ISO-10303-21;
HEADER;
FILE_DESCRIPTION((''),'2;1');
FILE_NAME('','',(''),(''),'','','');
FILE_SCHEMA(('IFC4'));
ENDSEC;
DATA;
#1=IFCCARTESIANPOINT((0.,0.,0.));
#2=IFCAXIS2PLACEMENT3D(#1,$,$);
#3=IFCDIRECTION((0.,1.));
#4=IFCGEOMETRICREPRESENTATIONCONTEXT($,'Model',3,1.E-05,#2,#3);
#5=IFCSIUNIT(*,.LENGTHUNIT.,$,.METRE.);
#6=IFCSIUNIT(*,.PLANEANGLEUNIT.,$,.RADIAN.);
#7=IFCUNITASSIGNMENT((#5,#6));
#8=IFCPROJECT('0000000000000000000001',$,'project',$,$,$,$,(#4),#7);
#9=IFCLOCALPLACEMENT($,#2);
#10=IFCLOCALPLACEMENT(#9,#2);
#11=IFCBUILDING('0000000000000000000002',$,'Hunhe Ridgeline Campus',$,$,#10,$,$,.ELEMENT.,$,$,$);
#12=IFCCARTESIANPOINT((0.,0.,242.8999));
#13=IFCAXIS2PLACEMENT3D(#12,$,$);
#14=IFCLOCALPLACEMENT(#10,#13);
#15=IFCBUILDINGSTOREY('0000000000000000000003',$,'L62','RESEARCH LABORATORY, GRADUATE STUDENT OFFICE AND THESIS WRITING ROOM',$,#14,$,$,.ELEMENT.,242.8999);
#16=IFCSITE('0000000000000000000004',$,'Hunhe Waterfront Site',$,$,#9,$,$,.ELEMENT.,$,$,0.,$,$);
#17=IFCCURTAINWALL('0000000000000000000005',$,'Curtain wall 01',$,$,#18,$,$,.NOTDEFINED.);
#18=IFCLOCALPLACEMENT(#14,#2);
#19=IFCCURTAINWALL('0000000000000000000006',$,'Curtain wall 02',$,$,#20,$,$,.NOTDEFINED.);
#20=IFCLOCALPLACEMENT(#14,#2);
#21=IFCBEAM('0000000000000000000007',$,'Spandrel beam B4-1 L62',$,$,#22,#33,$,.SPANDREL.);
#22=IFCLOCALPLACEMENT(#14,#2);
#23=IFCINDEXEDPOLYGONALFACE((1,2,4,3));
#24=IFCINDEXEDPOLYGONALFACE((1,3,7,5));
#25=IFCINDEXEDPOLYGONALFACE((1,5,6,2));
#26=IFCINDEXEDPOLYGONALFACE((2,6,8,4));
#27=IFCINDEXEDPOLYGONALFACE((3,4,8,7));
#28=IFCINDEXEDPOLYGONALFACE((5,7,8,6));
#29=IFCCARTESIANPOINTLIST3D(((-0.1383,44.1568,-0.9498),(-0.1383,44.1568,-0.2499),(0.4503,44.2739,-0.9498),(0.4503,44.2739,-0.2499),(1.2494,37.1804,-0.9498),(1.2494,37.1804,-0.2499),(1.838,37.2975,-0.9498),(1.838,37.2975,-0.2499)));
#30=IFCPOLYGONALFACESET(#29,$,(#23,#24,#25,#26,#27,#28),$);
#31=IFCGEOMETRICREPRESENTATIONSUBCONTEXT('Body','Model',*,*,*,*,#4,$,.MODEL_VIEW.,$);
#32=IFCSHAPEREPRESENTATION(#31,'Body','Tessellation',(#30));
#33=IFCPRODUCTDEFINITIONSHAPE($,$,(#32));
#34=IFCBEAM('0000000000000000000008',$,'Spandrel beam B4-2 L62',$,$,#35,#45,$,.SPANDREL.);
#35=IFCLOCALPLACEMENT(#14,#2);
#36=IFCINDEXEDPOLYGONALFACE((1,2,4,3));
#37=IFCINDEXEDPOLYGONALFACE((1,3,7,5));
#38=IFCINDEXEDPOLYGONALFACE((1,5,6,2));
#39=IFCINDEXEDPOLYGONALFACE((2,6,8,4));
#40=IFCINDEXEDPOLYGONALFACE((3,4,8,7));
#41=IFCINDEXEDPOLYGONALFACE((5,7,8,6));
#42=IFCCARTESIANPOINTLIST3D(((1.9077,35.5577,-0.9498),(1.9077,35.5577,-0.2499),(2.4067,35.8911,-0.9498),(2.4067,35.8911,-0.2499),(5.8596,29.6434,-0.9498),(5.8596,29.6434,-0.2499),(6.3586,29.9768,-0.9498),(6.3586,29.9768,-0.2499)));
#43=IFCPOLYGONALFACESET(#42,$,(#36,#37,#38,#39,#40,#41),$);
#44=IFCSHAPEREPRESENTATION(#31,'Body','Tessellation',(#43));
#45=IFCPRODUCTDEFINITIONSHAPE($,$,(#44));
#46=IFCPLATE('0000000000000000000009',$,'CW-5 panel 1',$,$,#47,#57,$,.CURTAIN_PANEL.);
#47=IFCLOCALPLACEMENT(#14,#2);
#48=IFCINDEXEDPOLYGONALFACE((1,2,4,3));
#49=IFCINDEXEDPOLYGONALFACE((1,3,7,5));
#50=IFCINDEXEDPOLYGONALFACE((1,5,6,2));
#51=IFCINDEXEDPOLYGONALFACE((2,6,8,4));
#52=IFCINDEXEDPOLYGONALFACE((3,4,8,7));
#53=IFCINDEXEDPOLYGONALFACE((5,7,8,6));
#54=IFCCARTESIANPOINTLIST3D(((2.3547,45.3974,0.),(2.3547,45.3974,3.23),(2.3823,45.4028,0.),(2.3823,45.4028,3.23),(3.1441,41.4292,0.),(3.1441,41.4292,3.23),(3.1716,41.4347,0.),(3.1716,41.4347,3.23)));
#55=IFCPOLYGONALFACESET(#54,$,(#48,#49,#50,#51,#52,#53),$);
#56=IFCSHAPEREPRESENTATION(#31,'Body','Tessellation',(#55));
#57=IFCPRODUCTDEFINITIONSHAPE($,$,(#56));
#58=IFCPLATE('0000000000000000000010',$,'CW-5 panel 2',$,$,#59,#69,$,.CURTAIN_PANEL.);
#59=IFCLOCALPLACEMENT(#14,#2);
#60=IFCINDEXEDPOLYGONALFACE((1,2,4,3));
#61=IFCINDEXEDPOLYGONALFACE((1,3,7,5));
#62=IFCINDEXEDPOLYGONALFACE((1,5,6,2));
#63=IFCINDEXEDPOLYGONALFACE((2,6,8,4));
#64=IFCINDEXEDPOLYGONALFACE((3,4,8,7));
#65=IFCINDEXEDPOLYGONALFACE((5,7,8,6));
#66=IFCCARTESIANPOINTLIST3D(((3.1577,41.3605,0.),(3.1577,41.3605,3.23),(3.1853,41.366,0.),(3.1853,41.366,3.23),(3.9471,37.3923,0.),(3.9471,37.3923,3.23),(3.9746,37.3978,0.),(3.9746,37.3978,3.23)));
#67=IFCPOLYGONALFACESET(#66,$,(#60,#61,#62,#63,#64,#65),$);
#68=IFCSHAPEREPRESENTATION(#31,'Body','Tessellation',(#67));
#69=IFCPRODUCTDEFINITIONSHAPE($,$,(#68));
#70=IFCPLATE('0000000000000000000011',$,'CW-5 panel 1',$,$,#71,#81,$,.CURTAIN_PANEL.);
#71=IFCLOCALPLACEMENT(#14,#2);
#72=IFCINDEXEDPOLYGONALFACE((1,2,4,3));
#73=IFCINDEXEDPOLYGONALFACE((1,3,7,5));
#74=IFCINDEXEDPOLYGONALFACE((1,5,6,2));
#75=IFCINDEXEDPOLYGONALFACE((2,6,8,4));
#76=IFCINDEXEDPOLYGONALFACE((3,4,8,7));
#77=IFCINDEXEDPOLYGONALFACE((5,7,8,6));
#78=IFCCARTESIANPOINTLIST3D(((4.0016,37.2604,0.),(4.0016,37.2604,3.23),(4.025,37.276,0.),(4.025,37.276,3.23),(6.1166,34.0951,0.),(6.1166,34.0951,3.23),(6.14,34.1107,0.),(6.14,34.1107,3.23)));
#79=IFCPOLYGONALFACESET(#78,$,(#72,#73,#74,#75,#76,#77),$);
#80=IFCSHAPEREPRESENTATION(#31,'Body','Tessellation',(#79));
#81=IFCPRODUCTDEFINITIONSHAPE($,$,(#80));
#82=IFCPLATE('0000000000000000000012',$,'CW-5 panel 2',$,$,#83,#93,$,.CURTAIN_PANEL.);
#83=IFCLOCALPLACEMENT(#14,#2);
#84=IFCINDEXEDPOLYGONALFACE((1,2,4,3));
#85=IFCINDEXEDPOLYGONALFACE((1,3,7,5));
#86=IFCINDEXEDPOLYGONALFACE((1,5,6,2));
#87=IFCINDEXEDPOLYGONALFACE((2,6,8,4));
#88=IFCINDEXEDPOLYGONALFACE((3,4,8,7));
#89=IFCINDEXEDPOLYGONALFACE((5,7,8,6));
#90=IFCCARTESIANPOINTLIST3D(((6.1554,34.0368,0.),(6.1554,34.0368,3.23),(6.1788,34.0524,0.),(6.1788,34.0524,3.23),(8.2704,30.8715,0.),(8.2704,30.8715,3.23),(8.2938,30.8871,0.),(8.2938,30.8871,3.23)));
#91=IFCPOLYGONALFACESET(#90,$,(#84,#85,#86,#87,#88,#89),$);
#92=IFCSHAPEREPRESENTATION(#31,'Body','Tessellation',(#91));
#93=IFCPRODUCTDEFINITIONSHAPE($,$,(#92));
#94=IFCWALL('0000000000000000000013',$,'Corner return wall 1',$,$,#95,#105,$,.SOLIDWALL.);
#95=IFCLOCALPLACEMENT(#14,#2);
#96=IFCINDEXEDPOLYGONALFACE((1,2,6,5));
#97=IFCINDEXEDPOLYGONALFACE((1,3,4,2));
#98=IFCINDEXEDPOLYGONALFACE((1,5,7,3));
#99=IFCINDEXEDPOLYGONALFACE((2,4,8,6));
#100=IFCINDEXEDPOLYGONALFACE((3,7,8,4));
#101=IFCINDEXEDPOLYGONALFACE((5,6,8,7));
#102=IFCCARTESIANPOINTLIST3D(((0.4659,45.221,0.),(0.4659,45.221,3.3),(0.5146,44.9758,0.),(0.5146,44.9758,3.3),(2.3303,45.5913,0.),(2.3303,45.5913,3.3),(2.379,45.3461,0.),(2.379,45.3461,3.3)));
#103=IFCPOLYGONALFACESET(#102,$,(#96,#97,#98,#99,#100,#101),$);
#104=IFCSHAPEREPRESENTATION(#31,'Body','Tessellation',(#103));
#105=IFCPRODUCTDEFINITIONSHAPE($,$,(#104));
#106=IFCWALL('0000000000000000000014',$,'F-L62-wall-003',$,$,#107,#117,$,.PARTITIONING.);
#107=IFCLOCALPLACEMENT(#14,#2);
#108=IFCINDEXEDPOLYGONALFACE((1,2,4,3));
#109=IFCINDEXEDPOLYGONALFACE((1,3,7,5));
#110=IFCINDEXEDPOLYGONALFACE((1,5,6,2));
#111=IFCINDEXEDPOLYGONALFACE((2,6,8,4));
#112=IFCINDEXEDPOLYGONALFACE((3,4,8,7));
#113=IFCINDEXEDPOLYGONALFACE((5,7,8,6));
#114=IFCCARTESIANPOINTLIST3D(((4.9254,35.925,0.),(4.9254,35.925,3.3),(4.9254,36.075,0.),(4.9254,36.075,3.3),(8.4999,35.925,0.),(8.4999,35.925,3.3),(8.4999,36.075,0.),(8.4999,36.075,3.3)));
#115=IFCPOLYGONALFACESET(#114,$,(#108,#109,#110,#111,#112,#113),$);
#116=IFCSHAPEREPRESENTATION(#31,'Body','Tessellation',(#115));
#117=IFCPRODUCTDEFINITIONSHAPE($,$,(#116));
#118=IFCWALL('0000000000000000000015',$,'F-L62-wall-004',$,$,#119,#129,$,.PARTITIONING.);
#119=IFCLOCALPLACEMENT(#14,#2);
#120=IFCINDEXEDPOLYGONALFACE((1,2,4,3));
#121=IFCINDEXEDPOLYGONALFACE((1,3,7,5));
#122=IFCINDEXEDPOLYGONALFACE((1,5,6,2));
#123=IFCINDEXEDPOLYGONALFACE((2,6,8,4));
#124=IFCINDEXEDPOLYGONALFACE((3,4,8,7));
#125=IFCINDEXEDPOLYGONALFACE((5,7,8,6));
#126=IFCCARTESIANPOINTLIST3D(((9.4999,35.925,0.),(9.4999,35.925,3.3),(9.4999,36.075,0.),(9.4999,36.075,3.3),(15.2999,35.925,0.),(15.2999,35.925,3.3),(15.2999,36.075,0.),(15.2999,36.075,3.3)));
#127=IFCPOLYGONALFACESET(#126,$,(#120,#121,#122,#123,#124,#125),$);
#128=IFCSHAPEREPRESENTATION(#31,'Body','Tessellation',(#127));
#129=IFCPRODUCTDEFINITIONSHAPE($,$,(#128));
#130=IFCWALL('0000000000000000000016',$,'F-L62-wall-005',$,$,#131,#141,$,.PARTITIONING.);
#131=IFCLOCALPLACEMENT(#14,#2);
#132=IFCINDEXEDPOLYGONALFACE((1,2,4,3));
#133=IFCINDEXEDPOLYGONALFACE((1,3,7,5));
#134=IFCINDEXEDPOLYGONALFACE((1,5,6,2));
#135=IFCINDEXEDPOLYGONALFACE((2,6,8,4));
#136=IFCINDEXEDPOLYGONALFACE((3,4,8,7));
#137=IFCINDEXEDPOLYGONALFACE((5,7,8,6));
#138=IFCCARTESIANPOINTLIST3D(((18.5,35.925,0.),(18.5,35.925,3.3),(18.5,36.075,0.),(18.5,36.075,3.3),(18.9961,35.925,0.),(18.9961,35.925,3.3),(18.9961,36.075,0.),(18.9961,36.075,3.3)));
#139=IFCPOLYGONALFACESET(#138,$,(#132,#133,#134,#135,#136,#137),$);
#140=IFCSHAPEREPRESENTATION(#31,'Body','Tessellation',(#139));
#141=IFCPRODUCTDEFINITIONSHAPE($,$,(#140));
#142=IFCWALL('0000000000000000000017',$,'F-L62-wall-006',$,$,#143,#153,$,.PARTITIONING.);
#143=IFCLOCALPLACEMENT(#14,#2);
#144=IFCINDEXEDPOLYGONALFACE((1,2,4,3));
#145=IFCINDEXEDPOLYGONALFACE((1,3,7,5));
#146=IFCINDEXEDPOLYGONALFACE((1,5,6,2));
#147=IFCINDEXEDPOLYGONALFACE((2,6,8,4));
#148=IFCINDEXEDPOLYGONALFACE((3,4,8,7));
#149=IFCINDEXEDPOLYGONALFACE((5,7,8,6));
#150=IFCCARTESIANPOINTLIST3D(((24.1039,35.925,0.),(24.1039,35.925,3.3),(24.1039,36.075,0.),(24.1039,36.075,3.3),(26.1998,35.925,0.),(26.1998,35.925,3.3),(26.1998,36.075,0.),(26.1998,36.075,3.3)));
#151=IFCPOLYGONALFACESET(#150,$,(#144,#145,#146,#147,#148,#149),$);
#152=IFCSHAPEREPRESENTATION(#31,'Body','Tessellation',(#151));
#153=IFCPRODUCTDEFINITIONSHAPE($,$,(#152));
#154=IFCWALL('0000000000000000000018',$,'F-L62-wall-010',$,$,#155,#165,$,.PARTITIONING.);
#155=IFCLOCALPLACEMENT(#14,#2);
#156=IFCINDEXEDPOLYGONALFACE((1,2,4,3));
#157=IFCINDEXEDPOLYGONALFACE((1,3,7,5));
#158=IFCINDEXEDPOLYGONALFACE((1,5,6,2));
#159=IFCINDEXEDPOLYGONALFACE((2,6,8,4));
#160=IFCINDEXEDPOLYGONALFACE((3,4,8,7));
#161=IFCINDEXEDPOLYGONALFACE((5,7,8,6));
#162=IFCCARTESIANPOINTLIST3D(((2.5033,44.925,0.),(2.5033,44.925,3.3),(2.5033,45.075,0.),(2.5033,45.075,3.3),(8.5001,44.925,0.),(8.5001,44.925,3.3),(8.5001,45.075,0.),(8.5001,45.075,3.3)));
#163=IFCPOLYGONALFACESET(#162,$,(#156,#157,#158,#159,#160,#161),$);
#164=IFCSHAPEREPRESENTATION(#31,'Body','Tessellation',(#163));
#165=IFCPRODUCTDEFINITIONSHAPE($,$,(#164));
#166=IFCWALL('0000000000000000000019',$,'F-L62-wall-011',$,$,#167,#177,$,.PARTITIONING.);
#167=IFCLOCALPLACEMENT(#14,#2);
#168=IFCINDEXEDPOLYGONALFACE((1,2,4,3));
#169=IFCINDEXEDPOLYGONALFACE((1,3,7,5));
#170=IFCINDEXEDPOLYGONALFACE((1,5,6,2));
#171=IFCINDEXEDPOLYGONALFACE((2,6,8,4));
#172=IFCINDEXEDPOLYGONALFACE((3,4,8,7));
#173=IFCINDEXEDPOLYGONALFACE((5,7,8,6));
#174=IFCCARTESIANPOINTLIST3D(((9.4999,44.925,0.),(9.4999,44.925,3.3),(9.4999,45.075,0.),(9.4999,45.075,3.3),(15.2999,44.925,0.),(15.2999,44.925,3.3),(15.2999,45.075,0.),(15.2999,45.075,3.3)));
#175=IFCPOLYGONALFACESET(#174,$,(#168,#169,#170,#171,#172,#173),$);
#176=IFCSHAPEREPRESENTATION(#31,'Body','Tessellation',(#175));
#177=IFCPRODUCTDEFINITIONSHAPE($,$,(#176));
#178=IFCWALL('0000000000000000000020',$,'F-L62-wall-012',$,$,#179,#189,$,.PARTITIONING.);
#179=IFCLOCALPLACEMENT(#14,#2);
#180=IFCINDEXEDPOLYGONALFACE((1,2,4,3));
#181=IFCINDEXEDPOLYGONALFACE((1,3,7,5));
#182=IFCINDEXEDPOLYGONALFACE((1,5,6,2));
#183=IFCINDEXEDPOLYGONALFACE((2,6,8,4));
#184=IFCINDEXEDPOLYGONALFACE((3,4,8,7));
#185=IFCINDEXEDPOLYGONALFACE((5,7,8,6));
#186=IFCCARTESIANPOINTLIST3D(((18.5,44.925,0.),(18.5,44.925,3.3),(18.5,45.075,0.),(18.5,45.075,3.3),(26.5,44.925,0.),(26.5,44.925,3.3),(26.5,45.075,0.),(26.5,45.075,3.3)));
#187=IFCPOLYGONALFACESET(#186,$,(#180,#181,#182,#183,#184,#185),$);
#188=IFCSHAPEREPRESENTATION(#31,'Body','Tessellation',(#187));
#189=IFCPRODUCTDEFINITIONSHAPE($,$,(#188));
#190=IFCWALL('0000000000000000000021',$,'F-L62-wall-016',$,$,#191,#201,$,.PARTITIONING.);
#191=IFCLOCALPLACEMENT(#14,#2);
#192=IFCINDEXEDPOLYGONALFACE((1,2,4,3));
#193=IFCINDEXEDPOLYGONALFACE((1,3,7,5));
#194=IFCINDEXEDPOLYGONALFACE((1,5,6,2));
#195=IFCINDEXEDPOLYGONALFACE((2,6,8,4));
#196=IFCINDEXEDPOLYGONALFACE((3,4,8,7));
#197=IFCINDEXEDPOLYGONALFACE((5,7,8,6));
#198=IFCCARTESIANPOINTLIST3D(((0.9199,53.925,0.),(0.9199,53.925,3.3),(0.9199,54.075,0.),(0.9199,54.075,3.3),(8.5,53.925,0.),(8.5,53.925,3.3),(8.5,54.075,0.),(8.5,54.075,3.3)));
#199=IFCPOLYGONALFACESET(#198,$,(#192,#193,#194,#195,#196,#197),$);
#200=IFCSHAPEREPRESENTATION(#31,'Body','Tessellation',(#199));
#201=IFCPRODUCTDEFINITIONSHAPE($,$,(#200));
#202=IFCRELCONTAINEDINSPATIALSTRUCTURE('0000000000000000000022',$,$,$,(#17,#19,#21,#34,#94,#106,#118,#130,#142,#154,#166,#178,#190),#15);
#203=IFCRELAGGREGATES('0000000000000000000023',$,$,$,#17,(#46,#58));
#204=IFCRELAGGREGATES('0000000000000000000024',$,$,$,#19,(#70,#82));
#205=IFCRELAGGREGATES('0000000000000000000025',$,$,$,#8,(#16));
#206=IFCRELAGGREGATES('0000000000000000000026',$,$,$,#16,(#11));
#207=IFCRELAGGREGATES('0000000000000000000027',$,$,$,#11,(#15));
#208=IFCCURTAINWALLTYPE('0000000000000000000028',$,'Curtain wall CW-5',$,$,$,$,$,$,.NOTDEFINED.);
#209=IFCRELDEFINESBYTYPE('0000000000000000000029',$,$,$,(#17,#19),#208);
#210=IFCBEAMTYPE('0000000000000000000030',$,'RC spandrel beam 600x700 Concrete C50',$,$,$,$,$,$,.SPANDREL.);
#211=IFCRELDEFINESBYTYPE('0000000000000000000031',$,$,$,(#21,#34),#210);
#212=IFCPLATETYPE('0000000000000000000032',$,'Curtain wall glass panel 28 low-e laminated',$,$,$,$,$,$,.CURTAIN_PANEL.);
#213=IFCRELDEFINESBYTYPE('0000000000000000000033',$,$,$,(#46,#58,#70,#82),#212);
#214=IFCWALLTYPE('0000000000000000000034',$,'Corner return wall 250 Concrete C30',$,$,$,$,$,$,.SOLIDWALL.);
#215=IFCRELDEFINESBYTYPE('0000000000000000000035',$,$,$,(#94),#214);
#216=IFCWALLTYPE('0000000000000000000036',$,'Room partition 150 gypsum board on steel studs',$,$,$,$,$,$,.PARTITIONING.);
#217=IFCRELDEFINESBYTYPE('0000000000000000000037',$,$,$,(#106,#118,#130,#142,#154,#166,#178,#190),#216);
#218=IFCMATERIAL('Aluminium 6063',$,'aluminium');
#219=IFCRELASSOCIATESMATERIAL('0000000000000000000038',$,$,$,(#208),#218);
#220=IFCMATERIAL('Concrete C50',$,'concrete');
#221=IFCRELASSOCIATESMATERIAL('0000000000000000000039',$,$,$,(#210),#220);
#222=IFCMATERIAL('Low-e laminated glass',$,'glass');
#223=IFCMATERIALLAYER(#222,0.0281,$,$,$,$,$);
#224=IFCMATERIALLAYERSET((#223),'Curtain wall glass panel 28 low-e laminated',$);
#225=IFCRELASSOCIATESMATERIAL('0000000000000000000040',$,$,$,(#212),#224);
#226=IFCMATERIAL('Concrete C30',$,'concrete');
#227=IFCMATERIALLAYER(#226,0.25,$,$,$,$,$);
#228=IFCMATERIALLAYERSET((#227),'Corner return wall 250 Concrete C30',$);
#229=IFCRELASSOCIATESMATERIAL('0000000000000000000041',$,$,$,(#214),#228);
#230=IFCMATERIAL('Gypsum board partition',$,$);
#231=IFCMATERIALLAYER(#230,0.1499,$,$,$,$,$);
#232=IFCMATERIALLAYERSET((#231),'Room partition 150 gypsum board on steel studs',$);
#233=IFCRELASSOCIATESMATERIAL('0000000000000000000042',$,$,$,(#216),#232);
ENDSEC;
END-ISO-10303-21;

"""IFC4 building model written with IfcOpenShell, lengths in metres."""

from ifc_helpers import new_model, si_unit, direction, frame, frame_2d, origin, origin_2d, place, context, subcontext, project, spatial, rectangle, extrude, material, layer, layer_set, material_profile, profile_set, type_object, element, aggregate, save


model = new_model("IFC4")

# Units and contexts
model_context = context("Model", 3, precision=1e-05, world=origin(), true_north=direction((0.0, 1.0)))
body_context = subcontext(model_context, "Body", "Model", "MODEL_VIEW")
ifc_project = project(units=[si_unit("LENGTHUNIT", "METRE"), si_unit("PLANEANGLEUNIT", "RADIAN")], contexts=[model_context])

# Site, building, storey
site_placement = place(None, origin())
site = spatial("IfcSite", under=ifc_project, at=site_placement, Name="Hunhe Waterfront Site", CompositionType="ELEMENT", RefElevation=0.0)
building_placement = place(site_placement, origin())
building = spatial("IfcBuilding", under=site, at=building_placement, Name="Hunhe Ridgeline Campus", CompositionType="ELEMENT")
storey_placement = place(building_placement, frame((0.0, 0.0, 242.8999)))
storey = spatial("IfcBuildingStorey", under=building, at=storey_placement, Name="L62", Description="RESEARCH LABORATORY, GRADUATE STUDENT OFFICE AND THESIS WRITING ROOM", CompositionType="ELEMENT", Elevation=242.8999)

# Curtain walls
ifc_material_1 = material(Name="Aluminium 6063", Category="aluminium")
curtain_wall_type = type_object("IfcCurtainWallType", Name="Curtain wall CW-5", PredefinedType="NOTDEFINED", material=ifc_material_1)
curtain_wall_1_placement = place(storey_placement, origin())
curtain_wall_1 = element("IfcCurtainWall", 1, at=curtain_wall_1_placement, inside=storey, type_object=curtain_wall_type, Name="Curtain wall 01", PredefinedType="NOTDEFINED")
curtain_wall_2_placement = place(storey_placement, origin())
curtain_wall_2 = element("IfcCurtainWall", 2, at=curtain_wall_2_placement, inside=storey, type_object=curtain_wall_type, Name="Curtain wall 02", PredefinedType="NOTDEFINED")

# Beams
ifc_material_2 = material(Name="Concrete C50", Category="concrete")
ifc_material_profile_1 = material_profile(ifc_material_2, rectangle(XDim=0.6001, YDim=0.7, at=origin_2d()))
ifc_profile_set_1 = profile_set([ifc_material_profile_1], Name="Concrete C50")
beam_type = type_object("IfcBeamType", Name="RC spandrel beam 600x700 Concrete C50", PredefinedType="SPANDREL", material=ifc_profile_set_1)
for number, where, z_axis, x_axis, name in (
    (3, (0.156, 44.2153, -0.5999), (0.195093, -0.980785, 0.0), (0.980785, 0.195093, 0.0), "Spandrel beam B4-1 L62"),
    (4, (2.1572, 35.7244, -0.5999), (0.555579, -0.831464, 0.0), (0.831464, 0.555579, 0.0), "Spandrel beam B4-2 L62"),
):
    element("IfcBeam", number, at=place(storey_placement, frame(where, z_axis=z_axis, x_axis=x_axis)), inside=storey, type_object=beam_type, Name=name, PredefinedType="SPANDREL", context=body_context, shape_type="SweptSolid", body=[
        extrude(rectangle(XDim=0.6001, YDim=0.7, at=origin_2d()), origin(), (0.0, 0.0, 1.0), 7.113),
    ])

# Plates
ifc_material_3 = material(Name="Low-e laminated glass", Category="glass")
ifc_layer_1 = layer(ifc_material_3, 0.0281)
ifc_layer_set_1 = layer_set([ifc_layer_1], Name="Curtain wall glass panel 28 low-e laminated")
plate_type = type_object("IfcPlateType", Name="Curtain wall glass panel 28 low-e laminated", PredefinedType="CURTAIN_PANEL", material=ifc_layer_set_1)
plate_1_placement = place(storey_placement, frame((2.7632, 43.416, 0.0), z_axis=(0.0, 0.0, 1.0), x_axis=(0.195095, -0.980784, 0.0)))
plate_1 = element("IfcPlate", 5, at=plate_1_placement, type_object=plate_type, Name="CW-5 panel 1", PredefinedType="CURTAIN_PANEL", context=body_context, shape_type="SweptSolid", body=[
    extrude(rectangle(XDim=4.0459, YDim=0.0281, at=origin_2d()), origin(), (0.0, 0.0, 1.0), 3.23),
])
plate_2_placement = place(storey_placement, frame((3.5662, 39.3792, 0.0), z_axis=(0.0, 0.0, 1.0), x_axis=(0.195095, -0.980784, 0.0)))
plate_2 = element("IfcPlate", 6, at=plate_2_placement, type_object=plate_type, Name="CW-5 panel 2", PredefinedType="CURTAIN_PANEL", context=body_context, shape_type="SweptSolid", body=[
    extrude(rectangle(XDim=4.0459, YDim=0.0281, at=origin_2d()), origin(), (0.0, 0.0, 1.0), 3.23),
])
aggregate(curtain_wall_1, [plate_1, plate_2])
plate_3_placement = place(storey_placement, frame((5.0708, 35.6855, 0.0), z_axis=(0.0, 0.0, 1.0), x_axis=(0.55557, -0.83147, 0.0)))
plate_3 = element("IfcPlate", 7, at=plate_3_placement, type_object=plate_type, Name="CW-5 panel 1", PredefinedType="CURTAIN_PANEL", context=body_context, shape_type="SweptSolid", body=[
    extrude(rectangle(XDim=3.8069, YDim=0.0281, at=origin_2d()), origin(), (0.0, 0.0, 1.0), 3.23),
])
plate_4_placement = place(storey_placement, frame((7.2246, 32.4619, 0.0), z_axis=(0.0, 0.0, 1.0), x_axis=(0.55557, -0.83147, 0.0)))
plate_4 = element("IfcPlate", 8, at=plate_4_placement, type_object=plate_type, Name="CW-5 panel 2", PredefinedType="CURTAIN_PANEL", context=body_context, shape_type="SweptSolid", body=[
    extrude(rectangle(XDim=3.8069, YDim=0.0281, at=origin_2d()), origin(), (0.0, 0.0, 1.0), 3.23),
])
aggregate(curtain_wall_2, [plate_3, plate_4])

# Walls
ifc_material_4 = material(Name="Concrete C30", Category="concrete")
ifc_layer_2 = layer(ifc_material_4, 0.25)
ifc_layer_set_2 = layer_set([ifc_layer_2], Name="Corner return wall 250 Concrete C30")
wall_type_1 = type_object("IfcWallType", Name="Corner return wall 250 Concrete C30", PredefinedType="SOLIDWALL", material=ifc_layer_set_2)
wall_1_placement = place(storey_placement, frame((0.4902, 45.0984, 0.0), z_axis=(0.0, 0.0, 1.0), x_axis=(0.980837, 0.194832, 0.0)))
element("IfcWall", 9, at=wall_1_placement, inside=storey, type_object=wall_type_1, Name="Corner return wall 1", PredefinedType="SOLIDWALL", context=body_context, shape_type="SweptSolid", body=[
    extrude(rectangle(XDim=1.9009, YDim=0.25, at=frame_2d((0.9504, 0.0))), origin(), (0.0, 0.0, 1.0), 3.3),
])
ifc_material_5 = material(Name="Gypsum board partition")
ifc_layer_3 = layer(ifc_material_5, 0.1499)
ifc_layer_set_3 = layer_set([ifc_layer_3], Name="Room partition 150 gypsum board on steel studs")
wall_type_2 = type_object("IfcWallType", Name="Room partition 150 gypsum board on steel studs", PredefinedType="PARTITIONING", material=ifc_layer_set_3)
wall_2_placement = place(storey_placement, frame((4.9255, 36.0, 0.0), z_axis=(0.0, 0.0, 1.0), x_axis=(1.0, 0.0, 0.0)))
element("IfcWall", 10, at=wall_2_placement, inside=storey, type_object=wall_type_2, Name="F-L62-wall-003", PredefinedType="PARTITIONING", context=body_context, shape_type="SweptSolid", body=[
    extrude(rectangle(XDim=3.5745, YDim=0.1499, at=frame_2d((1.7871, 0.0))), origin(), (0.0, 0.0, 1.0), 3.3),
])
wall_3_placement = place(storey_placement, frame((9.5, 36.0, 0.0), z_axis=(0.0, 0.0, 1.0), x_axis=(1.0, 0.0, 0.0)))
element("IfcWall", 11, at=wall_3_placement, inside=storey, type_object=wall_type_2, Name="F-L62-wall-004", PredefinedType="PARTITIONING", context=body_context, shape_type="SweptSolid", body=[
    extrude(rectangle(XDim=5.8, YDim=0.1499, at=frame_2d((2.8999, 0.0))), origin(), (0.0, 0.0, 1.0), 3.3),
])
wall_4_placement = place(storey_placement, frame((18.5, 36.0, 0.0), z_axis=(0.0, 0.0, 1.0), x_axis=(1.0, 0.0, 0.0)))
element("IfcWall", 12, at=wall_4_placement, inside=storey, type_object=wall_type_2, Name="F-L62-wall-005", PredefinedType="PARTITIONING", context=body_context, shape_type="SweptSolid", body=[
    extrude(rectangle(XDim=0.4961, YDim=0.1499, at=frame_2d((0.248, 0.0))), origin(), (0.0, 0.0, 1.0), 3.3),
])
wall_5_placement = place(storey_placement, frame((24.104, 36.0, 0.0), z_axis=(0.0, 0.0, 1.0), x_axis=(1.0, 0.0, 0.0)))
element("IfcWall", 13, at=wall_5_placement, inside=storey, type_object=wall_type_2, Name="F-L62-wall-006", PredefinedType="PARTITIONING", context=body_context, shape_type="SweptSolid", body=[
    extrude(rectangle(XDim=2.0959, YDim=0.1499, at=frame_2d((1.0479, 0.0))), origin(), (0.0, 0.0, 1.0), 3.3),
])
wall_6_placement = place(storey_placement, frame((2.5032, 45.0, 0.0), z_axis=(0.0, 0.0, 1.0), x_axis=(1.0, 0.0, 0.0)))
element("IfcWall", 14, at=wall_6_placement, inside=storey, type_object=wall_type_2, Name="F-L62-wall-010", PredefinedType="PARTITIONING", context=body_context, shape_type="SweptSolid", body=[
    extrude(rectangle(XDim=5.9968, YDim=0.1499, at=frame_2d((2.9985, 0.0))), origin(), (0.0, 0.0, 1.0), 3.3),
])
wall_7_placement = place(storey_placement, frame((9.5, 45.0, 0.0), z_axis=(0.0, 0.0, 1.0), x_axis=(1.0, 0.0, 0.0)))
element("IfcWall", 15, at=wall_7_placement, inside=storey, type_object=wall_type_2, Name="F-L62-wall-011", PredefinedType="PARTITIONING", context=body_context, shape_type="SweptSolid", body=[
    extrude(rectangle(XDim=5.8, YDim=0.1499, at=frame_2d((2.8999, 0.0))), origin(), (0.0, 0.0, 1.0), 3.3),
])
wall_8_placement = place(storey_placement, frame((18.5, 45.0, 0.0), z_axis=(0.0, 0.0, 1.0), x_axis=(1.0, 0.0, 0.0)))
element("IfcWall", 16, at=wall_8_placement, inside=storey, type_object=wall_type_2, Name="F-L62-wall-012", PredefinedType="PARTITIONING", context=body_context, shape_type="SweptSolid", body=[
    extrude(rectangle(XDim=8.0, YDim=0.1499, at=frame_2d((4.0, 0.0))), origin(), (0.0, 0.0, 1.0), 3.3),
])
wall_9_placement = place(storey_placement, frame((0.9199, 54.0, 0.0), z_axis=(0.0, 0.0, 1.0), x_axis=(1.0, 0.0, 0.0)))
element("IfcWall", 17, at=wall_9_placement, inside=storey, type_object=wall_type_2, Name="F-L62-wall-016", PredefinedType="PARTITIONING", context=body_context, shape_type="SweptSolid", body=[
    extrude(rectangle(XDim=7.5801, YDim=0.1499, at=frame_2d((3.79, 0.0))), origin(), (0.0, 0.0, 1.0), 3.3),
])

save(model, "model.ifc")
